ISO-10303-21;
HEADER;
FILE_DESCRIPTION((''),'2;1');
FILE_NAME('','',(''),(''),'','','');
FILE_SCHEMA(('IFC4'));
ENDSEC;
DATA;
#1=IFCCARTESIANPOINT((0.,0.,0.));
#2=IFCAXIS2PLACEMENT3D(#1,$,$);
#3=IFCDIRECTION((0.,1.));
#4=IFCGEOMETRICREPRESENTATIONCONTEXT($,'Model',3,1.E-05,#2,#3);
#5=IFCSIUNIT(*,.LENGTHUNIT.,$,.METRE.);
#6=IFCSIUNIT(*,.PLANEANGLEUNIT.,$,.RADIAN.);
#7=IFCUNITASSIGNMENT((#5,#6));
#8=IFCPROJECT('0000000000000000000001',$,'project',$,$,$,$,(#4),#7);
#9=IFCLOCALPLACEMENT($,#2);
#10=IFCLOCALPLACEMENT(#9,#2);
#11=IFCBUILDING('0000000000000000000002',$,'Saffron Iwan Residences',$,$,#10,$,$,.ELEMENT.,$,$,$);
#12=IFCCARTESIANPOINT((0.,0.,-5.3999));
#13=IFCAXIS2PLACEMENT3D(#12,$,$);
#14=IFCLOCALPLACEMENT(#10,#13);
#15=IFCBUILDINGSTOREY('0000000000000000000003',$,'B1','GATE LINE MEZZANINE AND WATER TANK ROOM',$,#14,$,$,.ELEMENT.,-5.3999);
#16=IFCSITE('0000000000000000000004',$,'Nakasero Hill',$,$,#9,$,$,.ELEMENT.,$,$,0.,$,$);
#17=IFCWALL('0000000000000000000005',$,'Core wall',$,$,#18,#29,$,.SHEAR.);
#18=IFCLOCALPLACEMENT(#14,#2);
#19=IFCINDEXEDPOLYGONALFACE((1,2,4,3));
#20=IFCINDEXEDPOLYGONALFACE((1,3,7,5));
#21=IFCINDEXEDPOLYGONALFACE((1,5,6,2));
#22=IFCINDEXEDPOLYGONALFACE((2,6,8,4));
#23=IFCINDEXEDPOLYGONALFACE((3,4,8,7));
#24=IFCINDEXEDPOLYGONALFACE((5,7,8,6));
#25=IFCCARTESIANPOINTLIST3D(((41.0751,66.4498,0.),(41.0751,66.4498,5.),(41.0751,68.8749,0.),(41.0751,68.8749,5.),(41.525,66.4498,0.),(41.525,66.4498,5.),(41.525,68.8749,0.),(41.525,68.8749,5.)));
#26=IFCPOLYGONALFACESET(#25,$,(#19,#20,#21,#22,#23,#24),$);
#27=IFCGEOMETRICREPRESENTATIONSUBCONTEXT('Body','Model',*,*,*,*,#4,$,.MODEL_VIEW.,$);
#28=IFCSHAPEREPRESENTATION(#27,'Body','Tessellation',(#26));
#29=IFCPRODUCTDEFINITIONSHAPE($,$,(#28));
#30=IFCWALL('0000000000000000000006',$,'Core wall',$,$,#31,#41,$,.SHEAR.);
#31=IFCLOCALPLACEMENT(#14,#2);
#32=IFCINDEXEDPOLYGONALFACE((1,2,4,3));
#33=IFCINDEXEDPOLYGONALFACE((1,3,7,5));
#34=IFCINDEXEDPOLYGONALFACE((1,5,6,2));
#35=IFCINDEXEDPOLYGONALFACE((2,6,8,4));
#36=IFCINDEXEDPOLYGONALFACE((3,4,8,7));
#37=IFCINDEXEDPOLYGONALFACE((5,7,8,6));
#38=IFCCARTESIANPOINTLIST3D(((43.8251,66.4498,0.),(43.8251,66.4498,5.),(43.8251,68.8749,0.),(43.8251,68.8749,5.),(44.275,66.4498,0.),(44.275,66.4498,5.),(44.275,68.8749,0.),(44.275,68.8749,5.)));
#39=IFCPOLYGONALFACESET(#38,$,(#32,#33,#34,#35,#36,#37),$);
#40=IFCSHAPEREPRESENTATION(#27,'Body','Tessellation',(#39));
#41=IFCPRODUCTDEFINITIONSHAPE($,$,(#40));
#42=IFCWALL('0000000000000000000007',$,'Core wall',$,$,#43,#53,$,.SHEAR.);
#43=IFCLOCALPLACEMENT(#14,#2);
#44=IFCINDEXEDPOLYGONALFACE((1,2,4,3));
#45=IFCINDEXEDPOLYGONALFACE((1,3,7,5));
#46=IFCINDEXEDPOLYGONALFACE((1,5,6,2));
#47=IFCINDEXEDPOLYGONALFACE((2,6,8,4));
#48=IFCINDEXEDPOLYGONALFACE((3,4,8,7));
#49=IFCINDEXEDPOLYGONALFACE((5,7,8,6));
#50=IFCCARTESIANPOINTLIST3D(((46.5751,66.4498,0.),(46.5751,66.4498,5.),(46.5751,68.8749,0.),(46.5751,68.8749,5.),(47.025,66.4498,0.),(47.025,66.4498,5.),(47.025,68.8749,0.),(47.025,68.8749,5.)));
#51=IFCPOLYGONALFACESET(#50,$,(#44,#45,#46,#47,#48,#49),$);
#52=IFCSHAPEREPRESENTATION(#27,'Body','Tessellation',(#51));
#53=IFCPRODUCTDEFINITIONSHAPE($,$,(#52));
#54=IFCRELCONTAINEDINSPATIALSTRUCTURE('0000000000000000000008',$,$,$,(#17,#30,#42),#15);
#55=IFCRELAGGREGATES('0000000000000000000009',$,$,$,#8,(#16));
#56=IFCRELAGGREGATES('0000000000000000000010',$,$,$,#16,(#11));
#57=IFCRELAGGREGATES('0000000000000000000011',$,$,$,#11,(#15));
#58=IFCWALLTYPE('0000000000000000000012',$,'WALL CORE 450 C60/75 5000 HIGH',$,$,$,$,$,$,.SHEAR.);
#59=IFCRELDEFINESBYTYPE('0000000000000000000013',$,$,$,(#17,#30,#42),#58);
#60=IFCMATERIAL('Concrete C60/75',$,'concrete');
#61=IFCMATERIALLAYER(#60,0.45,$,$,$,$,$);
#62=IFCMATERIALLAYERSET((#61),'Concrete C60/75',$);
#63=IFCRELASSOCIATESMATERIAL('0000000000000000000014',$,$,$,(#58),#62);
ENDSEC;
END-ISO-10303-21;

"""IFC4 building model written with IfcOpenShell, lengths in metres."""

from ifc_helpers import new_model, si_unit, direction, frame, frame_2d, origin, place, context, subcontext, project, spatial, rectangle, extrude, material, layer, layer_set, type_object, element, save


model = new_model("IFC4")

# Units and contexts
model_context = context("Model", 3, precision=1e-05, world=origin(), true_north=direction((0.0, 1.0)))
body_context = subcontext(model_context, "Body", "Model", "MODEL_VIEW")
ifc_project = project(units=[si_unit("LENGTHUNIT", "METRE"), si_unit("PLANEANGLEUNIT", "RADIAN")], contexts=[model_context])

# Site, building, storey
site_placement = place(None, origin())
site = spatial("IfcSite", under=ifc_project, at=site_placement, Name="Nakasero Hill", CompositionType="ELEMENT", RefElevation=0.0)
building_placement = place(site_placement, origin())
building = spatial("IfcBuilding", under=site, at=building_placement, Name="Saffron Iwan Residences", CompositionType="ELEMENT")
storey_placement = place(building_placement, frame((0.0, 0.0, -5.3999)))
storey = spatial("IfcBuildingStorey", under=building, at=storey_placement, Name="B1", Description="GATE LINE MEZZANINE AND WATER TANK ROOM", CompositionType="ELEMENT", Elevation=-5.3999)

# Walls
ifc_material_1 = material(Name="Concrete C60/75", Category="concrete")
ifc_layer = layer(ifc_material_1, 0.45)
ifc_layer_set = layer_set([ifc_layer], Name="Concrete C60/75")
wall_type = type_object("IfcWallType", Name="WALL CORE 450 C60/75 5000 HIGH", PredefinedType="SHEAR", material=ifc_layer_set)
for number, where, z_axis, x_axis, name in (
    (1, (41.3, 66.45, 0.0), (0.0, 0.0, 1.0), (0.0, 1.0, 0.0), "Core wall"),
    (2, (44.05, 66.45, 0.0), (0.0, 0.0, 1.0), (0.0, 1.0, 0.0), "Core wall"),
    (3, (46.8, 66.45, 0.0), (0.0, 0.0, 1.0), (0.0, 1.0, 0.0), "Core wall"),
):
    element("IfcWall", number, at=place(storey_placement, frame(where, z_axis=z_axis, x_axis=x_axis)), inside=storey, type_object=wall_type, Name=name, PredefinedType="SHEAR", context=body_context, shape_type="SweptSolid", body=[
        extrude(rectangle(XDim=2.425, YDim=0.45, at=frame_2d((1.2124, 0.0))), origin(), (0.0, 0.0, 1.0), 5.0),
    ])

save(model, "model.ifc")
